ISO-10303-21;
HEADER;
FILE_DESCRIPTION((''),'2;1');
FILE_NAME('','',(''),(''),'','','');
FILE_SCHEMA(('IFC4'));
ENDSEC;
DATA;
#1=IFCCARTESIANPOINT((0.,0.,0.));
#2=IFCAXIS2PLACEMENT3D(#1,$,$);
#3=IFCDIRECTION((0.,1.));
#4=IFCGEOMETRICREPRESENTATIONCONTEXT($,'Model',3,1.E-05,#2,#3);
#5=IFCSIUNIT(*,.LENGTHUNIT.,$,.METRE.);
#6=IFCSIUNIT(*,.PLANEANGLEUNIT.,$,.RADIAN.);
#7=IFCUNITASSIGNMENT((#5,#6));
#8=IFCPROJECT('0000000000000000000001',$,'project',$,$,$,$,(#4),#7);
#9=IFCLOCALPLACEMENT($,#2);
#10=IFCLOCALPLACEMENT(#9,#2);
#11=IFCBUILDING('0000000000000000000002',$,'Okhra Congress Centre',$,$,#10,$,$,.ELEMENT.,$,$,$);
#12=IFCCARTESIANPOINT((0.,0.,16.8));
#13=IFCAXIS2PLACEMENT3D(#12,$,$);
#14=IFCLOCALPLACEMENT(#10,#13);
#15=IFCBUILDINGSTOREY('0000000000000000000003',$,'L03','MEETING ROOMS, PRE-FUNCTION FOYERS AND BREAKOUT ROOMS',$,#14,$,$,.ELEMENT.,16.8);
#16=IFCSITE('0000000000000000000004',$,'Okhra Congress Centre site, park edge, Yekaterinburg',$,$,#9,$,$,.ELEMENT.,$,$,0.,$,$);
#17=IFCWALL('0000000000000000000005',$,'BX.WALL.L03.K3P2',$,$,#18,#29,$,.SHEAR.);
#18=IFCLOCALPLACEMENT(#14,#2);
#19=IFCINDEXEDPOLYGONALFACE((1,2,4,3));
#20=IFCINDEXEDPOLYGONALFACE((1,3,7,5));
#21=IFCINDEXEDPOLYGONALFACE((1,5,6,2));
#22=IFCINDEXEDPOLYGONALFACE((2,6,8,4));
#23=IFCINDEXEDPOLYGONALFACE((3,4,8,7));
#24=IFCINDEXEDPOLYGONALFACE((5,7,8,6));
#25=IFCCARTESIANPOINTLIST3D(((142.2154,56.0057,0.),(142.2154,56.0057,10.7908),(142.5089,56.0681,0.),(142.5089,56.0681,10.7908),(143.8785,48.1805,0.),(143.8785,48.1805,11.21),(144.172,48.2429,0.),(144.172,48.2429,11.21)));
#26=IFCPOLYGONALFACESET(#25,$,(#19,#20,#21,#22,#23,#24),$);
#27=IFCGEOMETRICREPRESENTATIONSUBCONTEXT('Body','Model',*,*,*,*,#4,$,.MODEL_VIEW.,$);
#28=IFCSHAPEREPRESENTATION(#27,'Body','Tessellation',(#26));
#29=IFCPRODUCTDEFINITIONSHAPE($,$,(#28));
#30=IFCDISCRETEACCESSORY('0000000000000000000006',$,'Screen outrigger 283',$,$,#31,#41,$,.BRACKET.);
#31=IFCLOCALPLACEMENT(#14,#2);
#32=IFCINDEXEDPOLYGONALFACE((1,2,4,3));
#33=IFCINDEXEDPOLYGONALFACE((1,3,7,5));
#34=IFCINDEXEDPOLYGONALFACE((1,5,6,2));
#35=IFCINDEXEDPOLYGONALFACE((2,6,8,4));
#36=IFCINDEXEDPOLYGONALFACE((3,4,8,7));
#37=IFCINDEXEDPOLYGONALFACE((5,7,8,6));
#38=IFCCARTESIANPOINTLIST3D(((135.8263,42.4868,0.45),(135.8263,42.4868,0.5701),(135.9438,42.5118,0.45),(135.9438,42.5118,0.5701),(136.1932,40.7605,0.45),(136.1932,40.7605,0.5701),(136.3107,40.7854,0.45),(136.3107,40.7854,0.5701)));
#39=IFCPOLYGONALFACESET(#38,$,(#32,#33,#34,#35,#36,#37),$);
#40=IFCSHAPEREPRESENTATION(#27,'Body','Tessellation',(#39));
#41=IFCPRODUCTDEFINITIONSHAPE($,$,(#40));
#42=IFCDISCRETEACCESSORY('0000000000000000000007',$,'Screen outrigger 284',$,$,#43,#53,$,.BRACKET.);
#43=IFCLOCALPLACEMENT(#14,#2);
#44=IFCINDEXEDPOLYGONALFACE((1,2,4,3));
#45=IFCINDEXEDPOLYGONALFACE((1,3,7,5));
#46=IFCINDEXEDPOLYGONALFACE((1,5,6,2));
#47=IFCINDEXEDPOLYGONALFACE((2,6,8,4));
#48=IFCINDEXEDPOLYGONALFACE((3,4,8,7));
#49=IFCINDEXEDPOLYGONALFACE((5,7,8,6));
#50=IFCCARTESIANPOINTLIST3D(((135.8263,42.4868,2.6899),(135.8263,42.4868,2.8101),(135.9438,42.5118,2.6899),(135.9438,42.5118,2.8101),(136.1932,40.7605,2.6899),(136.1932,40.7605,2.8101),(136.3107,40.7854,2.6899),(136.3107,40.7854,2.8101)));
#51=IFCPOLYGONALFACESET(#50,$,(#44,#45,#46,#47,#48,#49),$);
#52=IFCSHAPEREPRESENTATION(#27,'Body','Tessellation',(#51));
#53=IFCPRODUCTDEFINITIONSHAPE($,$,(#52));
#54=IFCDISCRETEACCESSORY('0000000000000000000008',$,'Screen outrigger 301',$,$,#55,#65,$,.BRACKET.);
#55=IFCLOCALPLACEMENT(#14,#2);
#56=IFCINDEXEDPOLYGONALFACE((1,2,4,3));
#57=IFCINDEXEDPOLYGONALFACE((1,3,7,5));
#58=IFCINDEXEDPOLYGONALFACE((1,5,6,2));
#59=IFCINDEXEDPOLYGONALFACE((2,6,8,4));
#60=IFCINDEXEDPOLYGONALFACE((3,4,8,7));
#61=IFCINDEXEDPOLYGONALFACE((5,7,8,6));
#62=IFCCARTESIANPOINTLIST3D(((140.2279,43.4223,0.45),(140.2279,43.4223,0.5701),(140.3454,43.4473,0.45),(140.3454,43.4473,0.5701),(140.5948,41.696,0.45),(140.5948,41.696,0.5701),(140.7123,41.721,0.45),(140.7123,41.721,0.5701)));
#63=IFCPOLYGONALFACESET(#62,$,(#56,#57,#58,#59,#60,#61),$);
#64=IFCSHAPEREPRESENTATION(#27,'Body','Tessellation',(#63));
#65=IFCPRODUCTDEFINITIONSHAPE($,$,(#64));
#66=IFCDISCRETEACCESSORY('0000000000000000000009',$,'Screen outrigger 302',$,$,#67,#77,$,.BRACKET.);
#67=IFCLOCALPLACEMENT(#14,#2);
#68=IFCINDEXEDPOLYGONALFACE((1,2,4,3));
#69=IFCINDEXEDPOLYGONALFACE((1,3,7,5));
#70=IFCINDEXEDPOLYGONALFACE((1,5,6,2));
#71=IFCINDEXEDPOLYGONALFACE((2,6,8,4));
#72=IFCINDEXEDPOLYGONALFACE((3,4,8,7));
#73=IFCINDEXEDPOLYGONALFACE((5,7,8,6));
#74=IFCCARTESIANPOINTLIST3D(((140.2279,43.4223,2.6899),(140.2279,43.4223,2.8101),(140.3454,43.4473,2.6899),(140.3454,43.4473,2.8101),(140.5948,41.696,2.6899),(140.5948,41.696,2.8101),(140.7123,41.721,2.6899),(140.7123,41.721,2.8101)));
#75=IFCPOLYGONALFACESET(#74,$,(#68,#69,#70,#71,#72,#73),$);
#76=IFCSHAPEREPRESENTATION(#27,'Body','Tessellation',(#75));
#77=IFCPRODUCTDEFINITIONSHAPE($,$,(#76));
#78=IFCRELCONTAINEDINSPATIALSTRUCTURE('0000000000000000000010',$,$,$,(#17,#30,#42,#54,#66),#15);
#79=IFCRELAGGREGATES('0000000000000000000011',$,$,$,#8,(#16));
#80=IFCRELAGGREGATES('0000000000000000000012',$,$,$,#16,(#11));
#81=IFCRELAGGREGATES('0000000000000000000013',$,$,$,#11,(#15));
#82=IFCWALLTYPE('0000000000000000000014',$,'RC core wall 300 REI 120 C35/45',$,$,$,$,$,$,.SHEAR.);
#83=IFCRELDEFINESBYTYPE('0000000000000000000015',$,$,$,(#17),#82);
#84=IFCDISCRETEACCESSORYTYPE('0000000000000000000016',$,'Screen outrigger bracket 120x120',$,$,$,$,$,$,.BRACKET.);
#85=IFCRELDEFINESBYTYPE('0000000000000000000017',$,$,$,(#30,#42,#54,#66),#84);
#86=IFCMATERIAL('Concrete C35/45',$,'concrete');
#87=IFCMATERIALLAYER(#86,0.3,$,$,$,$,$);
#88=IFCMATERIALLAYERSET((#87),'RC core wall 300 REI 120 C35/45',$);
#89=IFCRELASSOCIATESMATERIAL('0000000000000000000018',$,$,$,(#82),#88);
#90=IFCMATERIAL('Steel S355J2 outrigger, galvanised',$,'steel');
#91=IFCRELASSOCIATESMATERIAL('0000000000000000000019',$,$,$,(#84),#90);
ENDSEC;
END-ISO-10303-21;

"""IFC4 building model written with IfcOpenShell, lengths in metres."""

from ifc_helpers import new_model, si_unit, direction, frame, origin, origin_2d, place, context, subcontext, project, spatial, polyline, rectangle, outline, extrude, material, layer, layer_set, material_profile, profile_set, type_object, element, save


model = new_model("IFC4")

# Units and contexts
model_context = context("Model", 3, precision=1e-05, world=origin(), true_north=direction((0.0, 1.0)))
body_context = subcontext(model_context, "Body", "Model", "MODEL_VIEW")
ifc_project = project(units=[si_unit("LENGTHUNIT", "METRE"), si_unit("PLANEANGLEUNIT", "RADIAN")], contexts=[model_context])

# Site, building, storey
site_placement = place(None, origin())
site = spatial("IfcSite", under=ifc_project, at=site_placement, Name="Okhra Congress Centre site, park edge, Yekaterinburg", CompositionType="ELEMENT", RefElevation=0.0)
building_placement = place(site_placement, origin())
building = spatial("IfcBuilding", under=site, at=building_placement, Name="Okhra Congress Centre", CompositionType="ELEMENT")
storey_placement = place(building_placement, frame((0.0, 0.0, 16.8)))
storey = spatial("IfcBuildingStorey", under=building, at=storey_placement, Name="L03", Description="MEETING ROOMS, PRE-FUNCTION FOYERS AND BREAKOUT ROOMS", CompositionType="ELEMENT", Elevation=16.8)

# Wall
ifc_material_1 = material(Name="Concrete C35/45", Category="concrete")
ifc_layer_1 = layer(ifc_material_1, 0.3)
ifc_layer_set_1 = layer_set([ifc_layer_1], Name="RC core wall 300 REI 120 C35/45")
wall_type_1 = type_object("IfcWallType", Name="RC core wall 300 REI 120 C35/45", PredefinedType="SHEAR", material=ifc_layer_set_1)
wall_1_placement = place(storey_placement, frame((144.0251, 48.2117, 0.0), z_axis=(0.0, 0.0, 1.0), x_axis=(-0.207886, 0.978153, 0.0)))
element("IfcWall", 1, at=wall_1_placement, inside=storey, type_object=wall_type_1, Name="BX.WALL.L03.K3P2", PredefinedType="SHEAR", context=body_context, shape_type="SweptSolid", body=[
    extrude(outline(polyline([(0.0, 0.0), (8.0, 0.0), (8.0, 10.7908), (0.0, 11.21), (0.0, 0.0)])), frame((0.0, 0.1499, 0.0), z_axis=(0.0, -1.0, 0.0), x_axis=(1.0, 0.0, 0.0)), (0.0, 0.0, 1.0), 0.3),
])

# Discrete accessories
ifc_material_2 = material(Name="Steel S355J2 outrigger, galvanised", Category="steel")
ifc_material_profile_1 = material_profile(ifc_material_2, rectangle(XDim=0.1201, YDim=0.1201, at=origin_2d()), Name="Screen outrigger bracket 120x120")
ifc_profile_set_1 = profile_set([ifc_material_profile_1], Name="Steel S355J2 outrigger, galvanised")
discrete_accessory_type = type_object("IfcDiscreteAccessoryType", Name="Screen outrigger bracket 120x120", PredefinedType="BRACKET", material=ifc_profile_set_1)
for number, where, z_axis, x_axis, name in (
    (2, (135.885, 42.4993, 0.51), (0.207913, -0.978147, 0.0), (0.978147, 0.207913, 0.0), "Screen outrigger 283"),
    (3, (135.885, 42.4993, 2.75), (0.207913, -0.978147, 0.0), (0.978147, 0.207913, 0.0), "Screen outrigger 284"),
    (4, (140.2866, 43.4348, 0.51), (0.207913, -0.978147, 0.0), (0.978147, 0.207913, 0.0), "Screen outrigger 301"),
    (5, (140.2866, 43.4348, 2.75), (0.207913, -0.978147, 0.0), (0.978147, 0.207913, 0.0), "Screen outrigger 302"),
):
    element("IfcDiscreteAccessory", number, at=place(storey_placement, frame(where, z_axis=z_axis, x_axis=x_axis)), inside=storey, type_object=discrete_accessory_type, Name=name, PredefinedType="BRACKET", context=body_context, shape_type="SweptSolid", body=[
        extrude(rectangle(XDim=0.1201, YDim=0.1201, at=origin_2d()), origin(), (0.0, 0.0, 1.0), 1.7649),
    ])

save(model, "model.ifc")
